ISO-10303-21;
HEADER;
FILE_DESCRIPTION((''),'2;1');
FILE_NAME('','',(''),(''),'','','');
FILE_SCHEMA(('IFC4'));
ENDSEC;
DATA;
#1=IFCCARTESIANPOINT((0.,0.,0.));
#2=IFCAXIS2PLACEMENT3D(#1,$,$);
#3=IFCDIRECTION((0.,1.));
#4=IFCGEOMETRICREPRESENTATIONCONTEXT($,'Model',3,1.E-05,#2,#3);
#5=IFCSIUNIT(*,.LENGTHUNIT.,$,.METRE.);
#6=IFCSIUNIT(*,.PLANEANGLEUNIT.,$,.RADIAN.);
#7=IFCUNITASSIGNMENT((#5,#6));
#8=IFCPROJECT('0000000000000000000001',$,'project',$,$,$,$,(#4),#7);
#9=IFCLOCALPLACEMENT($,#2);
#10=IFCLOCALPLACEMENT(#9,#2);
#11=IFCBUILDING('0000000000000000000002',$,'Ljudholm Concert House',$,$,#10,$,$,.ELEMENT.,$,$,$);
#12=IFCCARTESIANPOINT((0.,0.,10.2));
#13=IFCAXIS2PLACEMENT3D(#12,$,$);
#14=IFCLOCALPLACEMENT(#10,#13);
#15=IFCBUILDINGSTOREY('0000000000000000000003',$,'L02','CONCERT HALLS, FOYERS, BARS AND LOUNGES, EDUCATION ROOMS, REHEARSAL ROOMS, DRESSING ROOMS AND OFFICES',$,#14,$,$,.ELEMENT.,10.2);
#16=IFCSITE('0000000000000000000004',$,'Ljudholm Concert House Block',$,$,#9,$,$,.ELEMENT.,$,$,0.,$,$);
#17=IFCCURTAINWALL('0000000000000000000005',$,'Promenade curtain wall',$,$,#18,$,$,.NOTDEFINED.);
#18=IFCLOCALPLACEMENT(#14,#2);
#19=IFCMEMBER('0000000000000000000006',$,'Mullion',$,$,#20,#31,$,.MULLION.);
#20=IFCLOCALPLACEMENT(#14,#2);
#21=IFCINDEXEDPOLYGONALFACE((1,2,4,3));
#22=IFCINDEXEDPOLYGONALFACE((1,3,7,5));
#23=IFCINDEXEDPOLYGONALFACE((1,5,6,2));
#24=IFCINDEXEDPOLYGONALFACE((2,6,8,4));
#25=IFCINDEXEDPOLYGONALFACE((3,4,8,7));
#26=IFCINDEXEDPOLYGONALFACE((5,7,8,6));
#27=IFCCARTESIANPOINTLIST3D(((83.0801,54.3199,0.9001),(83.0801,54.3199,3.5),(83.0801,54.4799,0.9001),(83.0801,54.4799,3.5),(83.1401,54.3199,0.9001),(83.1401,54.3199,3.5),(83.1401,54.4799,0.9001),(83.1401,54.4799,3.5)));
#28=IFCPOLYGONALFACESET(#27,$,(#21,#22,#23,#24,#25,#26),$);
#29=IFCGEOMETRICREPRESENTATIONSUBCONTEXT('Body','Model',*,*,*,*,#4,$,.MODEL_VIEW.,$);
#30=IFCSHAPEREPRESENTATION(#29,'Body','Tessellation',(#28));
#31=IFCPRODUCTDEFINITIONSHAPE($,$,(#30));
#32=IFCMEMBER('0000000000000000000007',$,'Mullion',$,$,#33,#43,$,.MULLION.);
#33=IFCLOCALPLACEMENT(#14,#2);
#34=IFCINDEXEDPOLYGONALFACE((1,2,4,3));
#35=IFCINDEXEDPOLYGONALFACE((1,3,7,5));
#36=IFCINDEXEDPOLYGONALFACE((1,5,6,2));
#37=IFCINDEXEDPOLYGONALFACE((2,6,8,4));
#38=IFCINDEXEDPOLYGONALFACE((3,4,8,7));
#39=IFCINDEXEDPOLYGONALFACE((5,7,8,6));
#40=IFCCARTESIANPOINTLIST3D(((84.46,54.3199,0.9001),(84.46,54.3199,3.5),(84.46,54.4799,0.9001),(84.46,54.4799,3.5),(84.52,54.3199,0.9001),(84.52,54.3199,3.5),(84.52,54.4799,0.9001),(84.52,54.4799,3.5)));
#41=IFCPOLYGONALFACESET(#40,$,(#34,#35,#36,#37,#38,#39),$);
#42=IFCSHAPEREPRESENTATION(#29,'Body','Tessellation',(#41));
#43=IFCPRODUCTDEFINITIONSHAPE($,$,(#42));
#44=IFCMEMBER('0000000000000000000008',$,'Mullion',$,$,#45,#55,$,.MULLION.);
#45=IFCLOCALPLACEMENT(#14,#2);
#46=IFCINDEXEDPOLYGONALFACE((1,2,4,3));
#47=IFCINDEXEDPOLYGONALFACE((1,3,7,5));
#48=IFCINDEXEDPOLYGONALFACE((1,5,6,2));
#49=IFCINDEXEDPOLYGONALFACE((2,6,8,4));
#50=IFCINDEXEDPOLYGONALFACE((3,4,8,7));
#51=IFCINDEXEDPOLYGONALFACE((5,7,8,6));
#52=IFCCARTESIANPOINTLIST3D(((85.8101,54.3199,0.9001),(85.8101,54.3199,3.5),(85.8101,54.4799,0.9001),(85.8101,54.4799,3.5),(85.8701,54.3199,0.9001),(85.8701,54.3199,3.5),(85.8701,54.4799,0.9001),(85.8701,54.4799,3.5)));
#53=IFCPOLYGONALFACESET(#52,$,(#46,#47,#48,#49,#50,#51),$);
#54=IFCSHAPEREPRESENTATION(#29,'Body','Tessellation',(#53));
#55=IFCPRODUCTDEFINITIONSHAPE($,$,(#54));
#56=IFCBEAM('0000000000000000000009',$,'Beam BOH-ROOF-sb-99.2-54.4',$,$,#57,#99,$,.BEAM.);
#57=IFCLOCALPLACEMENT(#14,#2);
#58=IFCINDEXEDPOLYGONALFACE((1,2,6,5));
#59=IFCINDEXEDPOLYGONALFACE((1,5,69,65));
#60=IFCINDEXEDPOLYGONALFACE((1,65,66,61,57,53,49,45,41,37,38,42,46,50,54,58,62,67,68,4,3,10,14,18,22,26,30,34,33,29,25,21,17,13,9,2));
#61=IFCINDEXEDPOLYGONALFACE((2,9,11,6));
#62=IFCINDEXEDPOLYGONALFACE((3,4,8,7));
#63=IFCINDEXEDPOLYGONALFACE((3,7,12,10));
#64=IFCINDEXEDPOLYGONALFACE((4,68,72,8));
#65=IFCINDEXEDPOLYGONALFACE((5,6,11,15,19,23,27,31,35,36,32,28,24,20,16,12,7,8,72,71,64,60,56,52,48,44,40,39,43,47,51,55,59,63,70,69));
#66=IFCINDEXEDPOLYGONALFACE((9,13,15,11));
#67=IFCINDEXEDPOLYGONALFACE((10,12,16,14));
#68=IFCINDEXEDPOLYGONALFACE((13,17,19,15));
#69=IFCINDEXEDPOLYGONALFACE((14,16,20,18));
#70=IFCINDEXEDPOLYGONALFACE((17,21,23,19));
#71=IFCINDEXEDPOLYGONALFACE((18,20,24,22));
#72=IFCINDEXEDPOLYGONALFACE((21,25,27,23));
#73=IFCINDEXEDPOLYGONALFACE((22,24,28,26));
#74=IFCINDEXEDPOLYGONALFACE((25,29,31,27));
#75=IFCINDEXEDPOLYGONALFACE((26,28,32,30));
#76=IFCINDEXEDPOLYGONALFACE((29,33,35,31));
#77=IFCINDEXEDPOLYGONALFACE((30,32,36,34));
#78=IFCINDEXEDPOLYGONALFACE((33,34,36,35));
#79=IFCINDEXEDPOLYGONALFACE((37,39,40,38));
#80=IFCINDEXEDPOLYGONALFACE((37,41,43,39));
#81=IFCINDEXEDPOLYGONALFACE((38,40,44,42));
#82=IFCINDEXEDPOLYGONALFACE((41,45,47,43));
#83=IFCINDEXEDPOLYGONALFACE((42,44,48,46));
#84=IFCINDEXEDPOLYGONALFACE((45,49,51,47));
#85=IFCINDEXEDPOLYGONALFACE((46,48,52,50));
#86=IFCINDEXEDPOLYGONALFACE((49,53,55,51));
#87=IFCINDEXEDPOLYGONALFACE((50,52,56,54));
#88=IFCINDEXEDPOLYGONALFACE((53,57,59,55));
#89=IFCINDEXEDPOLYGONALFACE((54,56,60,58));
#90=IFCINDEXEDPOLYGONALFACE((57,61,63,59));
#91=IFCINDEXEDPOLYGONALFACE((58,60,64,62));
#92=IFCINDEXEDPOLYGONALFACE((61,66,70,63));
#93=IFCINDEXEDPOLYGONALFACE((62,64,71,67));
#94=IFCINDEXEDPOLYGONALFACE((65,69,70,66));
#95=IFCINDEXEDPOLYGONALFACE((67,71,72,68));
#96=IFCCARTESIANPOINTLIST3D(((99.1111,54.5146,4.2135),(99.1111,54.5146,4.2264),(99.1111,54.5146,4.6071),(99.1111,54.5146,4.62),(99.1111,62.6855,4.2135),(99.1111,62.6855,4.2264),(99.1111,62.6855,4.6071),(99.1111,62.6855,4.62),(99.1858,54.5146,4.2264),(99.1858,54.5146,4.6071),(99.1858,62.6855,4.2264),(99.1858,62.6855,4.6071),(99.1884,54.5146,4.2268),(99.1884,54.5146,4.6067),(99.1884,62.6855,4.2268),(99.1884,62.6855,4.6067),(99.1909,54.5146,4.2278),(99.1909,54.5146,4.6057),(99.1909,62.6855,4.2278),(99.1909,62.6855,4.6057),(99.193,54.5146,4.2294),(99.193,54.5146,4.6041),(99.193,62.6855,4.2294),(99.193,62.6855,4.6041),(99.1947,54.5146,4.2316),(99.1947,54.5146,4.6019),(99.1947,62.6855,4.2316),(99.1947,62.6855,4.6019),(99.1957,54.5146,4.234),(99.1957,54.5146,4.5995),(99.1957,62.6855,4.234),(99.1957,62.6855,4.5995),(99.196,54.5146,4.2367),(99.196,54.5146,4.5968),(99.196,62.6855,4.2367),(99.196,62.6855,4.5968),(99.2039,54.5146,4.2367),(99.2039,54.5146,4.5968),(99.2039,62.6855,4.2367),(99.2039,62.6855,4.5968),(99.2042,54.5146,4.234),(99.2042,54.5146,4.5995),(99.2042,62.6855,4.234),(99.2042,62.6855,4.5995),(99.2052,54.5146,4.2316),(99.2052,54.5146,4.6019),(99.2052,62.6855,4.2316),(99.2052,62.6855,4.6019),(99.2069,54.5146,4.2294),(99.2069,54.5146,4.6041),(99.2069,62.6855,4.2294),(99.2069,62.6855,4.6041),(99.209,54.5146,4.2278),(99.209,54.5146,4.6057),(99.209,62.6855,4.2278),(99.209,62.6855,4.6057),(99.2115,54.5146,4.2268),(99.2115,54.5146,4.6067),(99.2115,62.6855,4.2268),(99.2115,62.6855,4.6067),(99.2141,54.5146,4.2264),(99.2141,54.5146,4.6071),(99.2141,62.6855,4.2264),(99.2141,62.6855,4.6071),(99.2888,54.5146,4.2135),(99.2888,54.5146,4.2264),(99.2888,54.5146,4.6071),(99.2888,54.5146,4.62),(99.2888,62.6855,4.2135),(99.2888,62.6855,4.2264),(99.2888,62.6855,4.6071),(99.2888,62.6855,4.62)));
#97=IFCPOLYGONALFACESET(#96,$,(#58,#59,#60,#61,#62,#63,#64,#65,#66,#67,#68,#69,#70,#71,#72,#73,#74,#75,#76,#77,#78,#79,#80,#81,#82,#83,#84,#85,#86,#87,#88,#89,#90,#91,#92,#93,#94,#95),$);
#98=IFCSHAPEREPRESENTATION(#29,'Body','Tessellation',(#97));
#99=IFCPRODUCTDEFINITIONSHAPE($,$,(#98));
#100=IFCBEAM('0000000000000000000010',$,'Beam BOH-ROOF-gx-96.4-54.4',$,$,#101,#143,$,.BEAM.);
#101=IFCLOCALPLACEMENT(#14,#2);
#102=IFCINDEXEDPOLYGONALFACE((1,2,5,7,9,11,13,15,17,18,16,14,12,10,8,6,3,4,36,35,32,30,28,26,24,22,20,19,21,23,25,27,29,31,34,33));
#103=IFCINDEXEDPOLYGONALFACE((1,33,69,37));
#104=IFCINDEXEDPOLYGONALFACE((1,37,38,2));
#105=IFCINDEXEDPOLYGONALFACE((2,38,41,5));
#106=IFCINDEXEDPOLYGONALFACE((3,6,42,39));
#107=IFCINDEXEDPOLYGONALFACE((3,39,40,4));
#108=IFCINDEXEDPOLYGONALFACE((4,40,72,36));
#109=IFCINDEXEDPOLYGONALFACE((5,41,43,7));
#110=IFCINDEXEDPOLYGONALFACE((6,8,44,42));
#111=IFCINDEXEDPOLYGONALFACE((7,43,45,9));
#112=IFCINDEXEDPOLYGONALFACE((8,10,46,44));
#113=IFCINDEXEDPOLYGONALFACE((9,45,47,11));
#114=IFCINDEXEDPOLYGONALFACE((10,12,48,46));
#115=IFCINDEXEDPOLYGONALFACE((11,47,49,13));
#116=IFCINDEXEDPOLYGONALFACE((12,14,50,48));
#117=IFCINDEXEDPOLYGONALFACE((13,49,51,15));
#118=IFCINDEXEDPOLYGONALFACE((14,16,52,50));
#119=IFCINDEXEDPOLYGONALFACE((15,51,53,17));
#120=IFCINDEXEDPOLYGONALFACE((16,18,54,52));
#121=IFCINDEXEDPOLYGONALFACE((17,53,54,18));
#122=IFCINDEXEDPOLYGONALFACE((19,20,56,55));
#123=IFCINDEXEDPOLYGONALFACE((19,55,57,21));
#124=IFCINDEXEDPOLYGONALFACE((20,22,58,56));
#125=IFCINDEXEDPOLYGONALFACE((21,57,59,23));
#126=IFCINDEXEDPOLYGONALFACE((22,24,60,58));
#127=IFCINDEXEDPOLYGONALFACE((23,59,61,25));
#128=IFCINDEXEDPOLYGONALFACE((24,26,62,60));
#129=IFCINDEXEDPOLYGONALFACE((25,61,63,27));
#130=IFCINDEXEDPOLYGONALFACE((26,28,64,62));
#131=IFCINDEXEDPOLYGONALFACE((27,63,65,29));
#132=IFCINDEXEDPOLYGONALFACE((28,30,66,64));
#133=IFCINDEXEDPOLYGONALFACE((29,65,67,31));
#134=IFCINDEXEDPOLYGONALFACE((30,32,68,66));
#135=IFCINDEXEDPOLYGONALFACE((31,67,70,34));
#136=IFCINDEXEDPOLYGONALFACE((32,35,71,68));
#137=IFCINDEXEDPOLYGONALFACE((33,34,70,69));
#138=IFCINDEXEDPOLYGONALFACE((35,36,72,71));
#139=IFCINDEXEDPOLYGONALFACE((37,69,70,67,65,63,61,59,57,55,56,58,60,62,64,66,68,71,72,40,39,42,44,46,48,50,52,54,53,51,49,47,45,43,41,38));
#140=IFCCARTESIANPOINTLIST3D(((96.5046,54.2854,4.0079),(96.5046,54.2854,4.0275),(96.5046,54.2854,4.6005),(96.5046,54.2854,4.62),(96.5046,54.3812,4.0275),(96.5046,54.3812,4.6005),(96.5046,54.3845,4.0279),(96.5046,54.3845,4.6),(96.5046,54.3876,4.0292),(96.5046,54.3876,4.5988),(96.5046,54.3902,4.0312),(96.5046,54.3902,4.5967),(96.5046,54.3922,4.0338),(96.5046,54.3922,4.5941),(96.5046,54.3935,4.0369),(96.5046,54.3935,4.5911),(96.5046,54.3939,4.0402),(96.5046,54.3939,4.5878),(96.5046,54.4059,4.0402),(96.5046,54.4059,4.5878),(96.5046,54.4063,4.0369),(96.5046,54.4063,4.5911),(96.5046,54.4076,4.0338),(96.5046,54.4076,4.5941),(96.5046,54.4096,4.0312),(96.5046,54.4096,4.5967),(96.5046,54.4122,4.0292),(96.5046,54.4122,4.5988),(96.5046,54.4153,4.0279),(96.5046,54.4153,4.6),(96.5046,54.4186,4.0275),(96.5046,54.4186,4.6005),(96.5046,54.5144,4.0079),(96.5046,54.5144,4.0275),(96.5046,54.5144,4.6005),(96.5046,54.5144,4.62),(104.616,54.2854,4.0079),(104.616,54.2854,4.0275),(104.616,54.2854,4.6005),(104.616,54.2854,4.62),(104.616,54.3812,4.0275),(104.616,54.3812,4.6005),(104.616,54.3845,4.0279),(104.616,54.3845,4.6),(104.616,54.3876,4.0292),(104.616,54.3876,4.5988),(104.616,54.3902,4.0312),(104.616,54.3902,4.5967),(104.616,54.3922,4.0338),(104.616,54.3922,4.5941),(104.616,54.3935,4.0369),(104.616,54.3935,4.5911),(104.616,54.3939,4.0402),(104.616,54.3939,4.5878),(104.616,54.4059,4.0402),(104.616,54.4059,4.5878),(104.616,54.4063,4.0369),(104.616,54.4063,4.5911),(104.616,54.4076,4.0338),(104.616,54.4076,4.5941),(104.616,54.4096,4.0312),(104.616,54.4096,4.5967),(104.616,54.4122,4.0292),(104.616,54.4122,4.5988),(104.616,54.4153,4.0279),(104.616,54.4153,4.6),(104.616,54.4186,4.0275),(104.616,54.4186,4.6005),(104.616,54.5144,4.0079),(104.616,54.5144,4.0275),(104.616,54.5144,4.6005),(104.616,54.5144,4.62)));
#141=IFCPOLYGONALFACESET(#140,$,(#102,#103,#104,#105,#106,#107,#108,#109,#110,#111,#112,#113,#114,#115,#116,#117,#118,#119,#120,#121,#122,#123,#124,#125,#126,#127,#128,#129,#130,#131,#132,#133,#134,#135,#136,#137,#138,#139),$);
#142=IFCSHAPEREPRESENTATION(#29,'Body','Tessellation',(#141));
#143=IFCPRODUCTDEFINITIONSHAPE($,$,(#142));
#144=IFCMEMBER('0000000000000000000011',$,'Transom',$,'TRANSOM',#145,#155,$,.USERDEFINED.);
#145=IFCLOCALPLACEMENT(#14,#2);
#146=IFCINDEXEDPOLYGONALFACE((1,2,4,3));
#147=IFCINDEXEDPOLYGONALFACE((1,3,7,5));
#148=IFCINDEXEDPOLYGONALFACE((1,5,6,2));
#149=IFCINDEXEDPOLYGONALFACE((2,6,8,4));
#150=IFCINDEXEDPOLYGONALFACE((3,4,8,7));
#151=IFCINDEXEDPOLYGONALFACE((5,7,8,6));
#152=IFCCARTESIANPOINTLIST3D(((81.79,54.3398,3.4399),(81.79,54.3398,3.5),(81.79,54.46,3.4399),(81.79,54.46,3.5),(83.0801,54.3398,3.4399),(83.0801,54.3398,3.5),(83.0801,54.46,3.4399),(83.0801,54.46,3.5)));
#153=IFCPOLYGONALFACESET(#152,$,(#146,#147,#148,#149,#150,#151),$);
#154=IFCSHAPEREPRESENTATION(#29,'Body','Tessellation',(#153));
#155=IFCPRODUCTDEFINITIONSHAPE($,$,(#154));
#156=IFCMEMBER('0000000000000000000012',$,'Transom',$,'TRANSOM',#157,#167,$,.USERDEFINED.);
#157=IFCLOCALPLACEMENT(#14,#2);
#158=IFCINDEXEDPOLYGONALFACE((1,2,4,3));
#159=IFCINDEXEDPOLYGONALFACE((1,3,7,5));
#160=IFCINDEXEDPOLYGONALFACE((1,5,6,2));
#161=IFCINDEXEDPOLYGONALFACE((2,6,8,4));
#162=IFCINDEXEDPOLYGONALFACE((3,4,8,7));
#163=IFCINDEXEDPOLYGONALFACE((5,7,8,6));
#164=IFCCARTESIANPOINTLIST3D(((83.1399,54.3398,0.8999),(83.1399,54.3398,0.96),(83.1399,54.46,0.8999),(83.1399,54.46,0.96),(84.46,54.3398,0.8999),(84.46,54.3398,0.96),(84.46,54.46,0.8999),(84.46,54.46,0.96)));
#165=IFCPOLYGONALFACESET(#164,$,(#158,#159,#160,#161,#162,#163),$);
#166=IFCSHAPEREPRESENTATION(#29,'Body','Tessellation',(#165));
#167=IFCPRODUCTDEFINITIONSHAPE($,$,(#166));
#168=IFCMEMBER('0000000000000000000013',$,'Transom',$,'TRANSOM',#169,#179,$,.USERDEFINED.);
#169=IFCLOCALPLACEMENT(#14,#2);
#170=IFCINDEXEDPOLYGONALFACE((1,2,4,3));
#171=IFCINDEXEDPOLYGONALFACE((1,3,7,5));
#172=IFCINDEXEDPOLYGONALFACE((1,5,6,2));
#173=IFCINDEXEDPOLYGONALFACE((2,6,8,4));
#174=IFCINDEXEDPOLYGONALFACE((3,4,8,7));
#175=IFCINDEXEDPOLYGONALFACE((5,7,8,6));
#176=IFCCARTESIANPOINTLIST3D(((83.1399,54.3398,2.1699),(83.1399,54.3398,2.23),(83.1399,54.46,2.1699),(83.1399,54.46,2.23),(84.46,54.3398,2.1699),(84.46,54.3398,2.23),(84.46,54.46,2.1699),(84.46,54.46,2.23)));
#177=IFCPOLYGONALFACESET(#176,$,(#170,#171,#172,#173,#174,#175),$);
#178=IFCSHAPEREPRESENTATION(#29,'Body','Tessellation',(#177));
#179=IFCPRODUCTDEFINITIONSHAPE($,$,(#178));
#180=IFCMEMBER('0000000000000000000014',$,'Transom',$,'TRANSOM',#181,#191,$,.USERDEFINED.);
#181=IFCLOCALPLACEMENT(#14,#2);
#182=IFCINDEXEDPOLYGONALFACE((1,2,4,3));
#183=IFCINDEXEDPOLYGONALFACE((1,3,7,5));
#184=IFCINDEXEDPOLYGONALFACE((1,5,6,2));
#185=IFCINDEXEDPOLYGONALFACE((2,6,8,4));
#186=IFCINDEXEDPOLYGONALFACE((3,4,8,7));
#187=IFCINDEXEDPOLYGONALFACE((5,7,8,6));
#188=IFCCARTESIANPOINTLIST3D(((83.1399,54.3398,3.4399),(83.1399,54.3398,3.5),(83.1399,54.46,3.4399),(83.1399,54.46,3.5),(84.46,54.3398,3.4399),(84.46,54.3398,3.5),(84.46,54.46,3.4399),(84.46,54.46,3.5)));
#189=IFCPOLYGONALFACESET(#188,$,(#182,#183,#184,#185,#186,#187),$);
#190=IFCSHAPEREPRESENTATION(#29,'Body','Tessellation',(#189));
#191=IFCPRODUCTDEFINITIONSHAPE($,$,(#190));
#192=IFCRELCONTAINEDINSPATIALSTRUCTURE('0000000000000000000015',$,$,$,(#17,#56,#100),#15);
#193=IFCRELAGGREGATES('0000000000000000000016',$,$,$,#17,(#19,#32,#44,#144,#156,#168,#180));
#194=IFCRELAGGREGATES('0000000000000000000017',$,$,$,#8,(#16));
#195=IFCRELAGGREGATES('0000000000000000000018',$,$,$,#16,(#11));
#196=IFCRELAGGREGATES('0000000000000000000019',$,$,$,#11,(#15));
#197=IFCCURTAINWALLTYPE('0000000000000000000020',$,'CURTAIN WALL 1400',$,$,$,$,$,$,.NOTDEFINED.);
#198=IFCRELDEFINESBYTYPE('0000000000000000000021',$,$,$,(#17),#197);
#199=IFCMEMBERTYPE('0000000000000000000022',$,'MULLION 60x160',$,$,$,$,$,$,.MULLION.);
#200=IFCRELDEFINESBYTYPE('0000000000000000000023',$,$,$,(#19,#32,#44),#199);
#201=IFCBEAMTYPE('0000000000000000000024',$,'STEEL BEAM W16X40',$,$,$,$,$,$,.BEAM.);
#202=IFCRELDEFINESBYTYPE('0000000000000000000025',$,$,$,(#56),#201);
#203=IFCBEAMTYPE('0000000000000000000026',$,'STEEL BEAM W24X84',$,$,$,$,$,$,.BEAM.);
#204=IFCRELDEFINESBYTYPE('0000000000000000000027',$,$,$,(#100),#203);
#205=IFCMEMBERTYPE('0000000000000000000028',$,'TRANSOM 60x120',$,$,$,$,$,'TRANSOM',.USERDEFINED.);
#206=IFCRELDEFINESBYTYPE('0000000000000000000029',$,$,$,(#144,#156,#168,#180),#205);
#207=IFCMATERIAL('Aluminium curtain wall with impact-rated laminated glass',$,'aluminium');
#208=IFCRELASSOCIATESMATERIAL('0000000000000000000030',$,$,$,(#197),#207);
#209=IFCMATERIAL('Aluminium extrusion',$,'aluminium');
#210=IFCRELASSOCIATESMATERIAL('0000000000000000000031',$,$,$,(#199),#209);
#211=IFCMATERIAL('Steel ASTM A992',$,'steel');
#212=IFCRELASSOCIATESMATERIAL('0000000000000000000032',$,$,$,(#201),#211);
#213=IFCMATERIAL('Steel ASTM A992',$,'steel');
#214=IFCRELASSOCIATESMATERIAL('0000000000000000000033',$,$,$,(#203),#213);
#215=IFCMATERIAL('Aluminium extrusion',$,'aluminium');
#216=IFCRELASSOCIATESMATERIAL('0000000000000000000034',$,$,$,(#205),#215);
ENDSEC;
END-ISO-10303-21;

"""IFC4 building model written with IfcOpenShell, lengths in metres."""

from ifc_helpers import new_model, si_unit, direction, frame, origin, origin_2d, place, context, subcontext, project, spatial, rectangle, i_section, extrude, material, material_profile, profile_set, type_object, element, aggregate, save


model = new_model("IFC4")

# Units and contexts
model_context = context("Model", 3, precision=1e-05, world=origin(), true_north=direction((0.0, 1.0)))
body_context = subcontext(model_context, "Body", "Model", "MODEL_VIEW")
ifc_project = project(units=[si_unit("LENGTHUNIT", "METRE"), si_unit("PLANEANGLEUNIT", "RADIAN")], contexts=[model_context])

# Site, building, storey
site_placement = place(None, origin())
site = spatial("IfcSite", under=ifc_project, at=site_placement, Name="Ljudholm Concert House Block", CompositionType="ELEMENT", RefElevation=0.0)
building_placement = place(site_placement, origin())
building = spatial("IfcBuilding", under=site, at=building_placement, Name="Ljudholm Concert House", CompositionType="ELEMENT")
storey_placement = place(building_placement, frame((0.0, 0.0, 10.2)))
storey = spatial("IfcBuildingStorey", under=building, at=storey_placement, Name="L02", Description="CONCERT HALLS, FOYERS, BARS AND LOUNGES, EDUCATION ROOMS, REHEARSAL ROOMS, DRESSING ROOMS AND OFFICES", CompositionType="ELEMENT", Elevation=10.2)

# Curtain wall, members
ifc_material_1 = material(Name="Aluminium curtain wall with impact-rated laminated glass", Category="aluminium")
curtain_wall_type = type_object("IfcCurtainWallType", Name="CURTAIN WALL 1400", PredefinedType="NOTDEFINED", material=ifc_material_1)
curtain_wall_placement = place(storey_placement, origin())
curtain_wall = element("IfcCurtainWall", 1, at=curtain_wall_placement, inside=storey, type_object=curtain_wall_type, Name="Promenade curtain wall", PredefinedType="NOTDEFINED")
ifc_material_2 = material(Name="Aluminium extrusion", Category="aluminium")
ifc_material_profile_1 = material_profile(ifc_material_2, rectangle(XDim=0.1599, YDim=0.0601, at=origin_2d()), Name="MULLION 60x160")
ifc_profile_set_1 = profile_set([ifc_material_profile_1], Name="Aluminium extrusion")
member_type_1 = type_object("IfcMemberType", Name="MULLION 60x160", PredefinedType="MULLION", material=ifc_profile_set_1)
member_1_placement = place(storey_placement, frame((83.1101, 54.3999, 0.9001), z_axis=(0.0, 0.0, 1.0), x_axis=(0.0, 1.0, 0.0)))
member_1 = element("IfcMember", 2, at=member_1_placement, type_object=member_type_1, Name="Mullion", PredefinedType="MULLION", context=body_context, shape_type="SweptSolid", body=[
    extrude(rectangle(XDim=0.1599, YDim=0.0601, at=origin_2d()), origin(), (0.0, 0.0, 1.0), 2.5999),
])
member_2_placement = place(storey_placement, frame((84.49, 54.3999, 0.9001), z_axis=(0.0, 0.0, 1.0), x_axis=(0.0, 1.0, 0.0)))
member_2 = element("IfcMember", 3, at=member_2_placement, type_object=member_type_1, Name="Mullion", PredefinedType="MULLION", context=body_context, shape_type="SweptSolid", body=[
    extrude(rectangle(XDim=0.1599, YDim=0.0601, at=origin_2d()), origin(), (0.0, 0.0, 1.0), 2.5999),
])
member_3_placement = place(storey_placement, frame((85.8401, 54.3999, 0.9001), z_axis=(0.0, 0.0, 1.0), x_axis=(0.0, 1.0, 0.0)))
member_3 = element("IfcMember", 4, at=member_3_placement, type_object=member_type_1, Name="Mullion", PredefinedType="MULLION", context=body_context, shape_type="SweptSolid", body=[
    extrude(rectangle(XDim=0.1599, YDim=0.0601, at=origin_2d()), origin(), (0.0, 0.0, 1.0), 2.5999),
])

# Beams
ifc_material_3 = material(Name="Steel ASTM A992", Category="steel")
ifc_material_profile_2 = material_profile(ifc_material_3, i_section(OverallWidth=0.1777, OverallDepth=0.4065, WebThickness=0.0078, FlangeThickness=0.0129, FilletRadius=0.0103, at=origin_2d()), Name="W16X40")
ifc_profile_set_2 = profile_set([ifc_material_profile_2], Name="Steel ASTM A992")
beam_type_1 = type_object("IfcBeamType", Name="STEEL BEAM W16X40", PredefinedType="BEAM", material=ifc_profile_set_2)
beam_1_placement = place(storey_placement, frame((99.2, 54.5146, 4.4167), z_axis=(0.0, 1.0, 0.0), x_axis=(-1.0, 0.0, 0.0)))
element("IfcBeam", 5, at=beam_1_placement, inside=storey, type_object=beam_type_1, Name="Beam BOH-ROOF-sb-99.2-54.4", PredefinedType="BEAM", context=body_context, shape_type="SweptSolid", body=[
    extrude(i_section(OverallWidth=0.1777, OverallDepth=0.4065, WebThickness=0.0078, FlangeThickness=0.0129, FilletRadius=0.0103, at=origin_2d()), origin(), (0.0, 0.0, 1.0), 8.1709),
])
ifc_material_4 = material(Name="Steel ASTM A992", Category="steel")
ifc_material_profile_3 = material_profile(ifc_material_4, i_section(OverallWidth=0.229, OverallDepth=0.6121, WebThickness=0.012, FlangeThickness=0.0195, FilletRadius=0.0127, at=origin_2d()), Name="W24X84")
ifc_profile_set_3 = profile_set([ifc_material_profile_3], Name="Steel ASTM A992")
beam_type_2 = type_object("IfcBeamType", Name="STEEL BEAM W24X84", PredefinedType="BEAM", material=ifc_profile_set_3)
beam_2_placement = place(storey_placement, frame((96.5046, 54.3999, 4.314), z_axis=(1.0, 0.0, 0.0), x_axis=(0.0, 1.0, 0.0)))
element("IfcBeam", 6, at=beam_2_placement, inside=storey, type_object=beam_type_2, Name="Beam BOH-ROOF-gx-96.4-54.4", PredefinedType="BEAM", context=body_context, shape_type="SweptSolid", body=[
    extrude(i_section(OverallWidth=0.229, OverallDepth=0.6121, WebThickness=0.012, FlangeThickness=0.0195, FilletRadius=0.0127, at=origin_2d()), origin(), (0.0, 0.0, 1.0), 8.1113),
])

# Members
ifc_material_5 = material(Name="Aluminium extrusion", Category="aluminium")
ifc_material_profile_4 = material_profile(ifc_material_5, rectangle(XDim=0.1201, YDim=0.0601, at=origin_2d()), Name="TRANSOM 60x120")
ifc_profile_set_4 = profile_set([ifc_material_profile_4], Name="Aluminium extrusion")
member_type_2 = type_object("IfcMemberType", Name="TRANSOM 60x120", ElementType="TRANSOM", PredefinedType="USERDEFINED", material=ifc_profile_set_4)
member_4_placement = place(storey_placement, frame((81.79, 54.3999, 3.47), z_axis=(1.0, 0.0, 0.0), x_axis=(0.0, 1.0, 0.0)))
member_4 = element("IfcMember", 7, at=member_4_placement, type_object=member_type_2, Name="Transom", ObjectType="TRANSOM", PredefinedType="USERDEFINED", context=body_context, shape_type="SweptSolid", body=[
    extrude(rectangle(XDim=0.1201, YDim=0.0601, at=origin_2d()), origin(), (0.0, 0.0, 1.0), 1.29),
])
member_5_placement = place(storey_placement, frame((83.1399, 54.3999, 0.9299), z_axis=(1.0, 0.0, 0.0), x_axis=(0.0, 1.0, 0.0)))
member_5 = element("IfcMember", 8, at=member_5_placement, type_object=member_type_2, Name="Transom", ObjectType="TRANSOM", PredefinedType="USERDEFINED", context=body_context, shape_type="SweptSolid", body=[
    extrude(rectangle(XDim=0.1201, YDim=0.0601, at=origin_2d()), origin(), (0.0, 0.0, 1.0), 1.3201),
])
member_6_placement = place(storey_placement, frame((83.1399, 54.3999, 2.2), z_axis=(1.0, 0.0, 0.0), x_axis=(0.0, 1.0, 0.0)))
member_6 = element("IfcMember", 9, at=member_6_placement, type_object=member_type_2, Name="Transom", ObjectType="TRANSOM", PredefinedType="USERDEFINED", context=body_context, shape_type="SweptSolid", body=[
    extrude(rectangle(XDim=0.1201, YDim=0.0601, at=origin_2d()), origin(), (0.0, 0.0, 1.0), 1.3201),
])
member_7_placement = place(storey_placement, frame((83.1399, 54.3999, 3.47), z_axis=(1.0, 0.0, 0.0), x_axis=(0.0, 1.0, 0.0)))
member_7 = element("IfcMember", 10, at=member_7_placement, type_object=member_type_2, Name="Transom", ObjectType="TRANSOM", PredefinedType="USERDEFINED", context=body_context, shape_type="SweptSolid", body=[
    extrude(rectangle(XDim=0.1201, YDim=0.0601, at=origin_2d()), origin(), (0.0, 0.0, 1.0), 1.3201),
])

aggregate(curtain_wall, [member_1, member_2, member_3, member_4, member_5, member_6, member_7])

save(model, "model.ifc")
